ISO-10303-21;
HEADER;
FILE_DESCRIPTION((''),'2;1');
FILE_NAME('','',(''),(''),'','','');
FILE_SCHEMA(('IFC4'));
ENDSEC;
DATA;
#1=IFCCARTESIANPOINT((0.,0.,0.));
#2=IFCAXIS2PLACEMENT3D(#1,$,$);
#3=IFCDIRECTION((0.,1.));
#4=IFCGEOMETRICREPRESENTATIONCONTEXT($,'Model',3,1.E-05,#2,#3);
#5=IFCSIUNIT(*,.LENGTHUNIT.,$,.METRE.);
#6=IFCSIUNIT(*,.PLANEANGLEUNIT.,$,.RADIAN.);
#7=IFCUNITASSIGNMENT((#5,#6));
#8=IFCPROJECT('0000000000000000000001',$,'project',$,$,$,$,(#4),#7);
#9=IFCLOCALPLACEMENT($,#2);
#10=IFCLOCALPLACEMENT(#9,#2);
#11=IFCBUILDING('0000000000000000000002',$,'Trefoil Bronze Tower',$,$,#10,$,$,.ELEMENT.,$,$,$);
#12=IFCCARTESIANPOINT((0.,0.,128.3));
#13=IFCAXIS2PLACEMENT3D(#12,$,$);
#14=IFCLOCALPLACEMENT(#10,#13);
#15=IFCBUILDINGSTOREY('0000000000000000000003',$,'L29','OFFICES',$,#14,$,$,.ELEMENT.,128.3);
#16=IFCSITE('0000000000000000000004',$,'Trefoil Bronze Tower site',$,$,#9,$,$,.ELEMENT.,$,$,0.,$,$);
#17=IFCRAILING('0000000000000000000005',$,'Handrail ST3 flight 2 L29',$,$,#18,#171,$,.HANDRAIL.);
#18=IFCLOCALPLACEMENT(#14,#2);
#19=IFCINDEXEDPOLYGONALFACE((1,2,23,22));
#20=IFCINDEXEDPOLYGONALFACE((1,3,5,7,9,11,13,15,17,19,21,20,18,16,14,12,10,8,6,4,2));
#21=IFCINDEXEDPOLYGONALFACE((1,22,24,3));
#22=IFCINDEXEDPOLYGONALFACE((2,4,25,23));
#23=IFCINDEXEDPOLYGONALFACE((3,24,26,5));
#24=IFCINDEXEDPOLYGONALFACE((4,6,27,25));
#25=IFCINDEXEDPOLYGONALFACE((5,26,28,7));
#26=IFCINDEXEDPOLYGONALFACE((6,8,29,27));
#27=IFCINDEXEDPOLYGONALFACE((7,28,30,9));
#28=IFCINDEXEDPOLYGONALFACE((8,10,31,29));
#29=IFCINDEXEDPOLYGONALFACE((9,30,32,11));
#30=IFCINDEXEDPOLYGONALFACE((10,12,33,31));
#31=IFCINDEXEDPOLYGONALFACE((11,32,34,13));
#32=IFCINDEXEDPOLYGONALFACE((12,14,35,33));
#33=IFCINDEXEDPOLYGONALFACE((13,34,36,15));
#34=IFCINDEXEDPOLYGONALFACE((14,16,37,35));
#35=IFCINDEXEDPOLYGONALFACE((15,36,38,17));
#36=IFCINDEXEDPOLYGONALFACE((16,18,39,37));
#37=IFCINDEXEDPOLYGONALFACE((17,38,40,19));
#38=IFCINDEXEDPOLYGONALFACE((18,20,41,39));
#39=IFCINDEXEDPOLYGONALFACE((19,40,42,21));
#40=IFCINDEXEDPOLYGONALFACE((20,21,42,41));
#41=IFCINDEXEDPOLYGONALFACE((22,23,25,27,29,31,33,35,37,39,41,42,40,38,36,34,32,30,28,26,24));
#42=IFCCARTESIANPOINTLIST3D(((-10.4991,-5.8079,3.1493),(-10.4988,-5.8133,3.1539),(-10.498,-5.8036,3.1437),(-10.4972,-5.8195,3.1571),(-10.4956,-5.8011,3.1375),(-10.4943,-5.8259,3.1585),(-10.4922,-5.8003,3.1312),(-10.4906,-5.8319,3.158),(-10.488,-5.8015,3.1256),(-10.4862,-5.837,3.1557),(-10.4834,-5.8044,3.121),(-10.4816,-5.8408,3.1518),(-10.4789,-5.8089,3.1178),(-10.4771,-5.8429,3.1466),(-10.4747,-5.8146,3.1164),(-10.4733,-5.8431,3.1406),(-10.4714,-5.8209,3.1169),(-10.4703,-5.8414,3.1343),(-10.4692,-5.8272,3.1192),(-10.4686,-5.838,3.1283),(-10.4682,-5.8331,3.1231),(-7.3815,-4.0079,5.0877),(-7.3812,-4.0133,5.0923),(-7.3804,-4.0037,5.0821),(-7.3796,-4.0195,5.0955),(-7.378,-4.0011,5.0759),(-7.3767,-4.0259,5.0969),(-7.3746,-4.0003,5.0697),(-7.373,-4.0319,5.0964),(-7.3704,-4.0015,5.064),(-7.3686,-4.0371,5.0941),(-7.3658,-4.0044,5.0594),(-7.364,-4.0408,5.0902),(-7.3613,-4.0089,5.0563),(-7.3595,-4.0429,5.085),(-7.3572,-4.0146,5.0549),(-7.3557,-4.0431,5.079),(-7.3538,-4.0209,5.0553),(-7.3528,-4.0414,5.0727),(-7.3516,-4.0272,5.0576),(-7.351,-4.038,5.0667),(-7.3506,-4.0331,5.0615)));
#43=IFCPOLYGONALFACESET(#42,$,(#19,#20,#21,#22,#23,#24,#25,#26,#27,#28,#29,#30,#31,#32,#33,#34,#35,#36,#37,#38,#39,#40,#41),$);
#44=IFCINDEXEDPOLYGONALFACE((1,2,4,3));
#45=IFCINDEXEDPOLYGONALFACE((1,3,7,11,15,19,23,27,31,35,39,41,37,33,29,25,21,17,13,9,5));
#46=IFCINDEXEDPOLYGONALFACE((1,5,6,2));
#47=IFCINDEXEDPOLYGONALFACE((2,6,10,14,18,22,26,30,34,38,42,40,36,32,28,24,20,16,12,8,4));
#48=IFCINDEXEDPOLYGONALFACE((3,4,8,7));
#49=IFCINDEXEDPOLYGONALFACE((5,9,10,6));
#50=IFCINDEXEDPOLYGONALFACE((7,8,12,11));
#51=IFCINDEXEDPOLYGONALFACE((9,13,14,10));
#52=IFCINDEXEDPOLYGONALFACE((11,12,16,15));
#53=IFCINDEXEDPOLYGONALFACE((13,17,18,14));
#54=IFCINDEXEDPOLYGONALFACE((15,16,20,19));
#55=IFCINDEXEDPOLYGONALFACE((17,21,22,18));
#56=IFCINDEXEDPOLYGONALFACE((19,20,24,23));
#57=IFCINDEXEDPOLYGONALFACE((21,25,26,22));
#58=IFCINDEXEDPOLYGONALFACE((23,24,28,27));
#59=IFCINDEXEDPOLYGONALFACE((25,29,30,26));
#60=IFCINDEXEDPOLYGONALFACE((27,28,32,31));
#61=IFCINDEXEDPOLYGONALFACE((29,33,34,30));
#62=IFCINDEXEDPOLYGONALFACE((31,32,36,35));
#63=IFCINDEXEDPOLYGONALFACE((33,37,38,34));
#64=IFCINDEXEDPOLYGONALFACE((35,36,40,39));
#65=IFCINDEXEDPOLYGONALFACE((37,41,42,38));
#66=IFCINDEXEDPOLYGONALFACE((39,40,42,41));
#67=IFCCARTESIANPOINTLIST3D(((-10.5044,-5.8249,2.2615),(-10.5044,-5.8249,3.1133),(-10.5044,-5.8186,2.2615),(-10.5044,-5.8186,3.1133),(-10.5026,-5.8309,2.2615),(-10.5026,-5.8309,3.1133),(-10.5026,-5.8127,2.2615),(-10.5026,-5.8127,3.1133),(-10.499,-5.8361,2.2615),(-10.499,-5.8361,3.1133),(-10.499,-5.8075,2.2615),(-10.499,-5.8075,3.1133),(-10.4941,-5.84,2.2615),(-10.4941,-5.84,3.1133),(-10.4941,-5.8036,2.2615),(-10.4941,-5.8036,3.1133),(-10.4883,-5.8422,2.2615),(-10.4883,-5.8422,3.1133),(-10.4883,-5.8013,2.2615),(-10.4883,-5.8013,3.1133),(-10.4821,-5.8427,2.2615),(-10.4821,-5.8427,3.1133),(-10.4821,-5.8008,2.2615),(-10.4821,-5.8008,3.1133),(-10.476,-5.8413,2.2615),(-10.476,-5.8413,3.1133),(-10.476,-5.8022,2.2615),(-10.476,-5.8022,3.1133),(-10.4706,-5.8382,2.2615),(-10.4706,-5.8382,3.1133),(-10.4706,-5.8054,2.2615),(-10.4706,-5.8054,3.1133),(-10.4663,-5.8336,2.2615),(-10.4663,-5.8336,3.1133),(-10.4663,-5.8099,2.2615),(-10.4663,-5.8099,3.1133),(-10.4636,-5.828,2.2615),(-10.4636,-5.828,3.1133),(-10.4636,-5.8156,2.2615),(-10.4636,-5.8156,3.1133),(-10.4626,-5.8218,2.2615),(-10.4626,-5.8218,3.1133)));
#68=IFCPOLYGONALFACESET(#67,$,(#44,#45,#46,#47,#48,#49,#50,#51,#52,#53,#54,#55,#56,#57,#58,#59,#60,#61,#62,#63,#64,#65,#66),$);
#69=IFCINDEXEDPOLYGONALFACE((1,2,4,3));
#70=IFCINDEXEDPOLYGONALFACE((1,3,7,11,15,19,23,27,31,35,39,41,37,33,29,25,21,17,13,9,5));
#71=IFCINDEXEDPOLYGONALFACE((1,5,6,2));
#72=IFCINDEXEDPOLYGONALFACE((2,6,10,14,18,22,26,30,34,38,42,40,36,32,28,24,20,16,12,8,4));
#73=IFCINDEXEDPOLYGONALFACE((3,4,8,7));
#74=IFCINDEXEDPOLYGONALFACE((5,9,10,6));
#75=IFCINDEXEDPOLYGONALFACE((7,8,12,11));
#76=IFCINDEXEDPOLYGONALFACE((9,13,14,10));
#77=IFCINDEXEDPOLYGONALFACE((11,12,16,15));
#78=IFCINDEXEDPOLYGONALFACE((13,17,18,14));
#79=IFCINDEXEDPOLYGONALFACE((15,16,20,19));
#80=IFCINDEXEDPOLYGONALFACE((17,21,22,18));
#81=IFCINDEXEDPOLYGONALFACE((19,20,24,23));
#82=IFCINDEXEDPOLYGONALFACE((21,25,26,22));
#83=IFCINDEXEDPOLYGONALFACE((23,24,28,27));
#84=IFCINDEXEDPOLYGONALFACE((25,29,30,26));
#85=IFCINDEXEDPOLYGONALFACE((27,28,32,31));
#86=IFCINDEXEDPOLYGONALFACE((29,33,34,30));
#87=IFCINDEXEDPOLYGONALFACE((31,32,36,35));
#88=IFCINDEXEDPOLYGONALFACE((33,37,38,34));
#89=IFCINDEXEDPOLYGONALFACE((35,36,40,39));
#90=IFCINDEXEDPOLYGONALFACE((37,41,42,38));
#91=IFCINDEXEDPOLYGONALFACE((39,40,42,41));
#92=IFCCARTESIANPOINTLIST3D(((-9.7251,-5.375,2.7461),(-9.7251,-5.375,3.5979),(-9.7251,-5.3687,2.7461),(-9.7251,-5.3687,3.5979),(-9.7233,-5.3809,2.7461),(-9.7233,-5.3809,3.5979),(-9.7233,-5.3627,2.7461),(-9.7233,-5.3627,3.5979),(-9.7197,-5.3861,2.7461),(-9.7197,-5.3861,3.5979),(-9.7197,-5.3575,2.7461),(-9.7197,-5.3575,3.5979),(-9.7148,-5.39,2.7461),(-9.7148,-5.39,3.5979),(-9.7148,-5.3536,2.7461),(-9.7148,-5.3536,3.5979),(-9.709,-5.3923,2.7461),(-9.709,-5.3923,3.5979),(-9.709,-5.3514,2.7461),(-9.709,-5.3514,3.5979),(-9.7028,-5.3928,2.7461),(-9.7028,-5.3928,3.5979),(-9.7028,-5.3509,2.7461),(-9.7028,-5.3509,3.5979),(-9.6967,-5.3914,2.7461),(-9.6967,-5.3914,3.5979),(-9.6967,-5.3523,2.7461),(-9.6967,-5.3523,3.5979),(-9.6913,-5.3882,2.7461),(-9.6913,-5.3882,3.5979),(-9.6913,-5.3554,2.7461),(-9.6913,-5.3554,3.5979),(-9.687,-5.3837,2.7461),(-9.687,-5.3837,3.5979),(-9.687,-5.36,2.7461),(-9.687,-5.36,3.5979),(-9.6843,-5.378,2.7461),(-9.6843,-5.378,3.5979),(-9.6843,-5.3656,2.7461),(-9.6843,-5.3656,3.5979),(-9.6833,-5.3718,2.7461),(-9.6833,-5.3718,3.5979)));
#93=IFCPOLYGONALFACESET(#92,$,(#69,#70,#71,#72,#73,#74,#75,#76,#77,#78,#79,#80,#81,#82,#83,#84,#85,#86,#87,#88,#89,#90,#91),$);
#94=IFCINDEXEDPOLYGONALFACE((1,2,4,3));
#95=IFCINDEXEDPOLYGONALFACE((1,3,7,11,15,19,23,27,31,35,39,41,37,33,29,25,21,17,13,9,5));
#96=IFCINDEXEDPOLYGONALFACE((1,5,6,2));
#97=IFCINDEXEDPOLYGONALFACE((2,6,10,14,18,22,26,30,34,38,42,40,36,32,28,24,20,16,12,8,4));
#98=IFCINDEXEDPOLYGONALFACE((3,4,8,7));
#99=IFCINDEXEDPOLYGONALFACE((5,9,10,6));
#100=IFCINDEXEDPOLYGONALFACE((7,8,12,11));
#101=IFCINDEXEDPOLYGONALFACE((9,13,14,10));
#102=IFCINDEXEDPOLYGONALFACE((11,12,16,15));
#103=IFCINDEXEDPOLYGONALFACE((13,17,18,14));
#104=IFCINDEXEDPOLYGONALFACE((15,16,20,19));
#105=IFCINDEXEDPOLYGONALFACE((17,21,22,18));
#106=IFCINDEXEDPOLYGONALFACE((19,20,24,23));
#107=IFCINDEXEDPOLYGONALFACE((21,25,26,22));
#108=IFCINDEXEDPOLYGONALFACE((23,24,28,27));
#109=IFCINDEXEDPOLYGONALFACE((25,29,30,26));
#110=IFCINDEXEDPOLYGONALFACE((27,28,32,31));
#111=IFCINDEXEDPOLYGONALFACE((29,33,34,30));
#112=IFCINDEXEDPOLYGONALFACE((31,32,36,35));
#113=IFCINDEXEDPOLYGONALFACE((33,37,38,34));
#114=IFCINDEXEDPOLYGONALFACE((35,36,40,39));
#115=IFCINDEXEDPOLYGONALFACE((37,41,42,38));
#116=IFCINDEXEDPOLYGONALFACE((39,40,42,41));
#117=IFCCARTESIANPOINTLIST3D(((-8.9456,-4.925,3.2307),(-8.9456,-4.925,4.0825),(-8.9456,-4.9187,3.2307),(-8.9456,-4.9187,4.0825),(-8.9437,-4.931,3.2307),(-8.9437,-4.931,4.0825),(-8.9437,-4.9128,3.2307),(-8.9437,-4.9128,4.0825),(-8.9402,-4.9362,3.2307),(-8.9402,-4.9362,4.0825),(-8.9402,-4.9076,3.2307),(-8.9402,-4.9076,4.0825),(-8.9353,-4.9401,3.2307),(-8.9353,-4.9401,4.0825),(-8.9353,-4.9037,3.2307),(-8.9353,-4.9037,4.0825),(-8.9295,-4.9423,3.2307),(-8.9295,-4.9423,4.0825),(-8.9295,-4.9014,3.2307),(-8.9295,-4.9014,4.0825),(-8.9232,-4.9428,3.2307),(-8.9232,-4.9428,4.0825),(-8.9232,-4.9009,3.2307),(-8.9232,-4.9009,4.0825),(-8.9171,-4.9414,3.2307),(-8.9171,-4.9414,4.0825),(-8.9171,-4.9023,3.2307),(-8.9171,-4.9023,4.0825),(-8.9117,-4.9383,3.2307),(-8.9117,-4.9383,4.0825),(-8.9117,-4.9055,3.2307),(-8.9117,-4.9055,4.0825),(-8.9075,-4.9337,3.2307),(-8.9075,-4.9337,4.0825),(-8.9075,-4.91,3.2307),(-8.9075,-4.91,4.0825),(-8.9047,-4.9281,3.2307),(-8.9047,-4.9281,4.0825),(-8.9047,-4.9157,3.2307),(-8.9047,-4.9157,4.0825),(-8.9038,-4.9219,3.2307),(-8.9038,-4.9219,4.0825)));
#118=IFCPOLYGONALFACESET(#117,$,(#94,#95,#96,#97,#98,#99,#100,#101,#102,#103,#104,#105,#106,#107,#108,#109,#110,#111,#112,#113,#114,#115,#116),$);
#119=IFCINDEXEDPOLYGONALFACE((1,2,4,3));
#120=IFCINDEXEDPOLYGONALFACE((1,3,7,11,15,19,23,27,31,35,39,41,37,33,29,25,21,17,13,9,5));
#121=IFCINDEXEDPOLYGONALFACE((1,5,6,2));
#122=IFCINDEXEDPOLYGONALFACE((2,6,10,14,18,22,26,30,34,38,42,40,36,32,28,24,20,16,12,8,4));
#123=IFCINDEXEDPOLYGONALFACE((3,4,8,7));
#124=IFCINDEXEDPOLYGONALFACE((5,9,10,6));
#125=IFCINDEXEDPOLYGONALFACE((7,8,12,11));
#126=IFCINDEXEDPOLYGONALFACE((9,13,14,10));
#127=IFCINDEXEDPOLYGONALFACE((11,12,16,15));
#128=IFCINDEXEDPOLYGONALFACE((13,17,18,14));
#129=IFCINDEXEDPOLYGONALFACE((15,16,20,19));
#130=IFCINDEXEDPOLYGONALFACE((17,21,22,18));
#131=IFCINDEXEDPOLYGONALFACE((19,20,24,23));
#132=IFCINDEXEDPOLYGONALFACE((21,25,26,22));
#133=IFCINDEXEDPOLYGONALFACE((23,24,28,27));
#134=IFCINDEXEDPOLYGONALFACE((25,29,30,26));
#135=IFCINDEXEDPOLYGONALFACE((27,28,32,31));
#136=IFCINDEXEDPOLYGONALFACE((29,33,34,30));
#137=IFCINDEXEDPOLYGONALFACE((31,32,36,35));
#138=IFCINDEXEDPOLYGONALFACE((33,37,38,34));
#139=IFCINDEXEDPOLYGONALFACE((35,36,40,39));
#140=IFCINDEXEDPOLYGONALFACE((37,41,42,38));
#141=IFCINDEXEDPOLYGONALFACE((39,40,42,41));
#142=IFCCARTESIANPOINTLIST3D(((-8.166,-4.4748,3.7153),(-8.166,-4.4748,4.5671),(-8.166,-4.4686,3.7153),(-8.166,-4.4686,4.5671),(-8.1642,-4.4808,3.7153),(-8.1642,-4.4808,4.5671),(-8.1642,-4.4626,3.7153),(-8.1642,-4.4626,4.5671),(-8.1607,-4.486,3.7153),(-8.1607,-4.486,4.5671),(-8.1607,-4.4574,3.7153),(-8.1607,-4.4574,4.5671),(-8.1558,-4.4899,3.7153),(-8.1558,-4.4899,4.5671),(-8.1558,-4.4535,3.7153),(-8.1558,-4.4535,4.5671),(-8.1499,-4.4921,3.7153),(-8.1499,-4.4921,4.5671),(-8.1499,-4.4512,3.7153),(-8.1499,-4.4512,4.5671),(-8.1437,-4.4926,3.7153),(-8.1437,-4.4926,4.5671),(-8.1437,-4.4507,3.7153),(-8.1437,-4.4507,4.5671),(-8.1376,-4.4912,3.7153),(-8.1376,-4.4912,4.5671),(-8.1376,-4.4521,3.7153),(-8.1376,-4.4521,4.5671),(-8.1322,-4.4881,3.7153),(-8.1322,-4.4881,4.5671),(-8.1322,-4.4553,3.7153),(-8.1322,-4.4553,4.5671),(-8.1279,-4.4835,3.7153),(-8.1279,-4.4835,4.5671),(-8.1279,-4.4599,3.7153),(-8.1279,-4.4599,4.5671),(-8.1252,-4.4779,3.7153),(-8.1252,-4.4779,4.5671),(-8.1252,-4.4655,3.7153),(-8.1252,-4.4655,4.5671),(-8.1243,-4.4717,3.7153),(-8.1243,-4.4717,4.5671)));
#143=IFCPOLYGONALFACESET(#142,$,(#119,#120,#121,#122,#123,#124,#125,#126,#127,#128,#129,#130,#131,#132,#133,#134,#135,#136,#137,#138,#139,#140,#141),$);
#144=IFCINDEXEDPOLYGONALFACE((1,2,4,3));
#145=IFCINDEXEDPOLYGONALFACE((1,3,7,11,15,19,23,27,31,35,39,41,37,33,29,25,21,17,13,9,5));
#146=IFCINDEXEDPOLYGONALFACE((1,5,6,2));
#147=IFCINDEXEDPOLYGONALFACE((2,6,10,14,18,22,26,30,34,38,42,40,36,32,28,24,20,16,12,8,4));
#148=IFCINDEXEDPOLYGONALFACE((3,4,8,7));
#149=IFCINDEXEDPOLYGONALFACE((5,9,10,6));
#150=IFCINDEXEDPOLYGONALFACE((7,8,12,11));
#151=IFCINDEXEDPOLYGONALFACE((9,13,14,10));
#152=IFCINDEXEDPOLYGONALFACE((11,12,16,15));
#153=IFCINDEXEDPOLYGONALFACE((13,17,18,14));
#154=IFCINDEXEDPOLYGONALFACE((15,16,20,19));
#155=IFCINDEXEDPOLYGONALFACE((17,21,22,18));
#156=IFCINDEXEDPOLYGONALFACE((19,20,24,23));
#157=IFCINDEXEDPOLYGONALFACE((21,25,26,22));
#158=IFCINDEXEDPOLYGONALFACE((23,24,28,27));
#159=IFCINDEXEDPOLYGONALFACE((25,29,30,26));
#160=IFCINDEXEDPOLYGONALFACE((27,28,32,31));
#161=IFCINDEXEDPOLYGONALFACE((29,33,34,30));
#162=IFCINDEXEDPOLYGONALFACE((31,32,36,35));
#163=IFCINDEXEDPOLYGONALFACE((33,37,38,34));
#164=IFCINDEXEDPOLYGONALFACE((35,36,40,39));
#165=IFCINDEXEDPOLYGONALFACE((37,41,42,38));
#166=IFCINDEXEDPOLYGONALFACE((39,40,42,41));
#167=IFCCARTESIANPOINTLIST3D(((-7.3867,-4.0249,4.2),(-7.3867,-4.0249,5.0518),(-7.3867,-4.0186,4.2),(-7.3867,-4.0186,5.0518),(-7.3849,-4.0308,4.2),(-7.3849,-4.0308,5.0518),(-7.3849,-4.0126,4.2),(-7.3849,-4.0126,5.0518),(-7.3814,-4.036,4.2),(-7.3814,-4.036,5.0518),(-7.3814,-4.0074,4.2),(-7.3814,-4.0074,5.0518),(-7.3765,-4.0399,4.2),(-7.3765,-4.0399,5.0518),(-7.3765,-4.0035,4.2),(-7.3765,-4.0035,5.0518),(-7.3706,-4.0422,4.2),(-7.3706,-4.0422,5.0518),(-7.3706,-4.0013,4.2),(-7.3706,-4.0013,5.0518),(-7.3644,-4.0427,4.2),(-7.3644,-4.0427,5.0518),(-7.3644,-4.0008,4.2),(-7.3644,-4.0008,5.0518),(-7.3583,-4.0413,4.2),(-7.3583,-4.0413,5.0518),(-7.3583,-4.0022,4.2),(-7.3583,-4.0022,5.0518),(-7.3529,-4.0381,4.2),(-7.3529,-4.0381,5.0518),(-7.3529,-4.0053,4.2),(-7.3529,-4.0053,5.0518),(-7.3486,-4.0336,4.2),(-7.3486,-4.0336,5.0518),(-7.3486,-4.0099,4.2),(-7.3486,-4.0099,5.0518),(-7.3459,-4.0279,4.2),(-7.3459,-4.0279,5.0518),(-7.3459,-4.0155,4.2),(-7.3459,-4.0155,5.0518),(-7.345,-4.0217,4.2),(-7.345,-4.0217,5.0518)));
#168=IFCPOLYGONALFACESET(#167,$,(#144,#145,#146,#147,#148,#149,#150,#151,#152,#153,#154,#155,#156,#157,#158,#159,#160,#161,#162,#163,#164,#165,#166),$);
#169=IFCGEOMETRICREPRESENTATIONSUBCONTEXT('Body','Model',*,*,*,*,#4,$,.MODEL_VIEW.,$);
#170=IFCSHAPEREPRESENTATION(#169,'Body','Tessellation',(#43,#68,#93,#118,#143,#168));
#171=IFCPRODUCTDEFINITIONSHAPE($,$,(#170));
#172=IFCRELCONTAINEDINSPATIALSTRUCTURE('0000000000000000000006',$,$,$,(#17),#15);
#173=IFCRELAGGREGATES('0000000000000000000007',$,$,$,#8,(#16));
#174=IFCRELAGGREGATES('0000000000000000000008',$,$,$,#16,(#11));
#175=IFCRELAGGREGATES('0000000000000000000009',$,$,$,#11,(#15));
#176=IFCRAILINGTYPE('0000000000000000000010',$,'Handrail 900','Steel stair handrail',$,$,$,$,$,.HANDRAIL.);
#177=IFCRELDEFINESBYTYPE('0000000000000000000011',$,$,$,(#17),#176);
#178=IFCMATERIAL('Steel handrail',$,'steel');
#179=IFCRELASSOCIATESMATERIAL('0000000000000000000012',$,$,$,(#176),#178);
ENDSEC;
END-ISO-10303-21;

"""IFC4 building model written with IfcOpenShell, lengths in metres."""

from ifc_helpers import new_model, si_unit, direction, frame, origin, origin_2d, place, context, subcontext, project, spatial, circle, extrude, material, type_object, element, save


model = new_model("IFC4")

# Units and contexts
model_context = context("Model", 3, precision=1e-05, world=origin(), true_north=direction((0.0, 1.0)))
body_context = subcontext(model_context, "Body", "Model", "MODEL_VIEW")
ifc_project = project(units=[si_unit("LENGTHUNIT", "METRE"), si_unit("PLANEANGLEUNIT", "RADIAN")], contexts=[model_context])

# Site, building, storey
site_placement = place(None, origin())
site = spatial("IfcSite", under=ifc_project, at=site_placement, Name="Trefoil Bronze Tower site", CompositionType="ELEMENT", RefElevation=0.0)
building_placement = place(site_placement, origin())
building = spatial("IfcBuilding", under=site, at=building_placement, Name="Trefoil Bronze Tower", CompositionType="ELEMENT")
storey_placement = place(building_placement, frame((0.0, 0.0, 128.3)))
storey = spatial("IfcBuildingStorey", under=building, at=storey_placement, Name="L29", Description="OFFICES", CompositionType="ELEMENT", Elevation=128.3)

# Railing
ifc_material_1 = material(Name="Steel handrail", Category="steel")
railing_type = type_object("IfcRailingType", Name="Handrail 900", Description="Steel stair handrail", PredefinedType="HANDRAIL", material=ifc_material_1)
railing_1_placement = place(storey_placement, frame((-10.4836, -5.8218, 2.2615)))
element("IfcRailing", 1, at=railing_1_placement, inside=storey, type_object=railing_type, Name="Handrail ST3 flight 2 L29", PredefinedType="HANDRAIL", context=body_context, shape_type="SweptSolid", body=[
    extrude(circle(Radius=0.0239, at=origin_2d()), frame((0.0, 0.0, 0.876), z_axis=(0.762503, 0.440246, 0.474102), x_axis=(-0.500012, 0.866018, 0.0)), (0.0, 0.0, 1.0), 4.0886),
    extrude(circle(Radius=0.021, at=origin_2d()), origin(), (0.0, 0.0, 1.0), 0.8518),
    extrude(circle(Radius=0.021, at=origin_2d()), frame((0.7793, 0.45, 0.4846)), (0.0, 0.0, 1.0), 0.8518),
    extrude(circle(Radius=0.021, at=origin_2d()), frame((1.5588, 0.8999, 0.9692)), (0.0, 0.0, 1.0), 0.8518),
    extrude(circle(Radius=0.021, at=origin_2d()), frame((2.3384, 1.3501, 1.4539)), (0.0, 0.0, 1.0), 0.8518),
    extrude(circle(Radius=0.021, at=origin_2d()), frame((3.1177, 1.8, 1.9385)), (0.0, 0.0, 1.0), 0.8518),
])

save(model, "model.ifc")
